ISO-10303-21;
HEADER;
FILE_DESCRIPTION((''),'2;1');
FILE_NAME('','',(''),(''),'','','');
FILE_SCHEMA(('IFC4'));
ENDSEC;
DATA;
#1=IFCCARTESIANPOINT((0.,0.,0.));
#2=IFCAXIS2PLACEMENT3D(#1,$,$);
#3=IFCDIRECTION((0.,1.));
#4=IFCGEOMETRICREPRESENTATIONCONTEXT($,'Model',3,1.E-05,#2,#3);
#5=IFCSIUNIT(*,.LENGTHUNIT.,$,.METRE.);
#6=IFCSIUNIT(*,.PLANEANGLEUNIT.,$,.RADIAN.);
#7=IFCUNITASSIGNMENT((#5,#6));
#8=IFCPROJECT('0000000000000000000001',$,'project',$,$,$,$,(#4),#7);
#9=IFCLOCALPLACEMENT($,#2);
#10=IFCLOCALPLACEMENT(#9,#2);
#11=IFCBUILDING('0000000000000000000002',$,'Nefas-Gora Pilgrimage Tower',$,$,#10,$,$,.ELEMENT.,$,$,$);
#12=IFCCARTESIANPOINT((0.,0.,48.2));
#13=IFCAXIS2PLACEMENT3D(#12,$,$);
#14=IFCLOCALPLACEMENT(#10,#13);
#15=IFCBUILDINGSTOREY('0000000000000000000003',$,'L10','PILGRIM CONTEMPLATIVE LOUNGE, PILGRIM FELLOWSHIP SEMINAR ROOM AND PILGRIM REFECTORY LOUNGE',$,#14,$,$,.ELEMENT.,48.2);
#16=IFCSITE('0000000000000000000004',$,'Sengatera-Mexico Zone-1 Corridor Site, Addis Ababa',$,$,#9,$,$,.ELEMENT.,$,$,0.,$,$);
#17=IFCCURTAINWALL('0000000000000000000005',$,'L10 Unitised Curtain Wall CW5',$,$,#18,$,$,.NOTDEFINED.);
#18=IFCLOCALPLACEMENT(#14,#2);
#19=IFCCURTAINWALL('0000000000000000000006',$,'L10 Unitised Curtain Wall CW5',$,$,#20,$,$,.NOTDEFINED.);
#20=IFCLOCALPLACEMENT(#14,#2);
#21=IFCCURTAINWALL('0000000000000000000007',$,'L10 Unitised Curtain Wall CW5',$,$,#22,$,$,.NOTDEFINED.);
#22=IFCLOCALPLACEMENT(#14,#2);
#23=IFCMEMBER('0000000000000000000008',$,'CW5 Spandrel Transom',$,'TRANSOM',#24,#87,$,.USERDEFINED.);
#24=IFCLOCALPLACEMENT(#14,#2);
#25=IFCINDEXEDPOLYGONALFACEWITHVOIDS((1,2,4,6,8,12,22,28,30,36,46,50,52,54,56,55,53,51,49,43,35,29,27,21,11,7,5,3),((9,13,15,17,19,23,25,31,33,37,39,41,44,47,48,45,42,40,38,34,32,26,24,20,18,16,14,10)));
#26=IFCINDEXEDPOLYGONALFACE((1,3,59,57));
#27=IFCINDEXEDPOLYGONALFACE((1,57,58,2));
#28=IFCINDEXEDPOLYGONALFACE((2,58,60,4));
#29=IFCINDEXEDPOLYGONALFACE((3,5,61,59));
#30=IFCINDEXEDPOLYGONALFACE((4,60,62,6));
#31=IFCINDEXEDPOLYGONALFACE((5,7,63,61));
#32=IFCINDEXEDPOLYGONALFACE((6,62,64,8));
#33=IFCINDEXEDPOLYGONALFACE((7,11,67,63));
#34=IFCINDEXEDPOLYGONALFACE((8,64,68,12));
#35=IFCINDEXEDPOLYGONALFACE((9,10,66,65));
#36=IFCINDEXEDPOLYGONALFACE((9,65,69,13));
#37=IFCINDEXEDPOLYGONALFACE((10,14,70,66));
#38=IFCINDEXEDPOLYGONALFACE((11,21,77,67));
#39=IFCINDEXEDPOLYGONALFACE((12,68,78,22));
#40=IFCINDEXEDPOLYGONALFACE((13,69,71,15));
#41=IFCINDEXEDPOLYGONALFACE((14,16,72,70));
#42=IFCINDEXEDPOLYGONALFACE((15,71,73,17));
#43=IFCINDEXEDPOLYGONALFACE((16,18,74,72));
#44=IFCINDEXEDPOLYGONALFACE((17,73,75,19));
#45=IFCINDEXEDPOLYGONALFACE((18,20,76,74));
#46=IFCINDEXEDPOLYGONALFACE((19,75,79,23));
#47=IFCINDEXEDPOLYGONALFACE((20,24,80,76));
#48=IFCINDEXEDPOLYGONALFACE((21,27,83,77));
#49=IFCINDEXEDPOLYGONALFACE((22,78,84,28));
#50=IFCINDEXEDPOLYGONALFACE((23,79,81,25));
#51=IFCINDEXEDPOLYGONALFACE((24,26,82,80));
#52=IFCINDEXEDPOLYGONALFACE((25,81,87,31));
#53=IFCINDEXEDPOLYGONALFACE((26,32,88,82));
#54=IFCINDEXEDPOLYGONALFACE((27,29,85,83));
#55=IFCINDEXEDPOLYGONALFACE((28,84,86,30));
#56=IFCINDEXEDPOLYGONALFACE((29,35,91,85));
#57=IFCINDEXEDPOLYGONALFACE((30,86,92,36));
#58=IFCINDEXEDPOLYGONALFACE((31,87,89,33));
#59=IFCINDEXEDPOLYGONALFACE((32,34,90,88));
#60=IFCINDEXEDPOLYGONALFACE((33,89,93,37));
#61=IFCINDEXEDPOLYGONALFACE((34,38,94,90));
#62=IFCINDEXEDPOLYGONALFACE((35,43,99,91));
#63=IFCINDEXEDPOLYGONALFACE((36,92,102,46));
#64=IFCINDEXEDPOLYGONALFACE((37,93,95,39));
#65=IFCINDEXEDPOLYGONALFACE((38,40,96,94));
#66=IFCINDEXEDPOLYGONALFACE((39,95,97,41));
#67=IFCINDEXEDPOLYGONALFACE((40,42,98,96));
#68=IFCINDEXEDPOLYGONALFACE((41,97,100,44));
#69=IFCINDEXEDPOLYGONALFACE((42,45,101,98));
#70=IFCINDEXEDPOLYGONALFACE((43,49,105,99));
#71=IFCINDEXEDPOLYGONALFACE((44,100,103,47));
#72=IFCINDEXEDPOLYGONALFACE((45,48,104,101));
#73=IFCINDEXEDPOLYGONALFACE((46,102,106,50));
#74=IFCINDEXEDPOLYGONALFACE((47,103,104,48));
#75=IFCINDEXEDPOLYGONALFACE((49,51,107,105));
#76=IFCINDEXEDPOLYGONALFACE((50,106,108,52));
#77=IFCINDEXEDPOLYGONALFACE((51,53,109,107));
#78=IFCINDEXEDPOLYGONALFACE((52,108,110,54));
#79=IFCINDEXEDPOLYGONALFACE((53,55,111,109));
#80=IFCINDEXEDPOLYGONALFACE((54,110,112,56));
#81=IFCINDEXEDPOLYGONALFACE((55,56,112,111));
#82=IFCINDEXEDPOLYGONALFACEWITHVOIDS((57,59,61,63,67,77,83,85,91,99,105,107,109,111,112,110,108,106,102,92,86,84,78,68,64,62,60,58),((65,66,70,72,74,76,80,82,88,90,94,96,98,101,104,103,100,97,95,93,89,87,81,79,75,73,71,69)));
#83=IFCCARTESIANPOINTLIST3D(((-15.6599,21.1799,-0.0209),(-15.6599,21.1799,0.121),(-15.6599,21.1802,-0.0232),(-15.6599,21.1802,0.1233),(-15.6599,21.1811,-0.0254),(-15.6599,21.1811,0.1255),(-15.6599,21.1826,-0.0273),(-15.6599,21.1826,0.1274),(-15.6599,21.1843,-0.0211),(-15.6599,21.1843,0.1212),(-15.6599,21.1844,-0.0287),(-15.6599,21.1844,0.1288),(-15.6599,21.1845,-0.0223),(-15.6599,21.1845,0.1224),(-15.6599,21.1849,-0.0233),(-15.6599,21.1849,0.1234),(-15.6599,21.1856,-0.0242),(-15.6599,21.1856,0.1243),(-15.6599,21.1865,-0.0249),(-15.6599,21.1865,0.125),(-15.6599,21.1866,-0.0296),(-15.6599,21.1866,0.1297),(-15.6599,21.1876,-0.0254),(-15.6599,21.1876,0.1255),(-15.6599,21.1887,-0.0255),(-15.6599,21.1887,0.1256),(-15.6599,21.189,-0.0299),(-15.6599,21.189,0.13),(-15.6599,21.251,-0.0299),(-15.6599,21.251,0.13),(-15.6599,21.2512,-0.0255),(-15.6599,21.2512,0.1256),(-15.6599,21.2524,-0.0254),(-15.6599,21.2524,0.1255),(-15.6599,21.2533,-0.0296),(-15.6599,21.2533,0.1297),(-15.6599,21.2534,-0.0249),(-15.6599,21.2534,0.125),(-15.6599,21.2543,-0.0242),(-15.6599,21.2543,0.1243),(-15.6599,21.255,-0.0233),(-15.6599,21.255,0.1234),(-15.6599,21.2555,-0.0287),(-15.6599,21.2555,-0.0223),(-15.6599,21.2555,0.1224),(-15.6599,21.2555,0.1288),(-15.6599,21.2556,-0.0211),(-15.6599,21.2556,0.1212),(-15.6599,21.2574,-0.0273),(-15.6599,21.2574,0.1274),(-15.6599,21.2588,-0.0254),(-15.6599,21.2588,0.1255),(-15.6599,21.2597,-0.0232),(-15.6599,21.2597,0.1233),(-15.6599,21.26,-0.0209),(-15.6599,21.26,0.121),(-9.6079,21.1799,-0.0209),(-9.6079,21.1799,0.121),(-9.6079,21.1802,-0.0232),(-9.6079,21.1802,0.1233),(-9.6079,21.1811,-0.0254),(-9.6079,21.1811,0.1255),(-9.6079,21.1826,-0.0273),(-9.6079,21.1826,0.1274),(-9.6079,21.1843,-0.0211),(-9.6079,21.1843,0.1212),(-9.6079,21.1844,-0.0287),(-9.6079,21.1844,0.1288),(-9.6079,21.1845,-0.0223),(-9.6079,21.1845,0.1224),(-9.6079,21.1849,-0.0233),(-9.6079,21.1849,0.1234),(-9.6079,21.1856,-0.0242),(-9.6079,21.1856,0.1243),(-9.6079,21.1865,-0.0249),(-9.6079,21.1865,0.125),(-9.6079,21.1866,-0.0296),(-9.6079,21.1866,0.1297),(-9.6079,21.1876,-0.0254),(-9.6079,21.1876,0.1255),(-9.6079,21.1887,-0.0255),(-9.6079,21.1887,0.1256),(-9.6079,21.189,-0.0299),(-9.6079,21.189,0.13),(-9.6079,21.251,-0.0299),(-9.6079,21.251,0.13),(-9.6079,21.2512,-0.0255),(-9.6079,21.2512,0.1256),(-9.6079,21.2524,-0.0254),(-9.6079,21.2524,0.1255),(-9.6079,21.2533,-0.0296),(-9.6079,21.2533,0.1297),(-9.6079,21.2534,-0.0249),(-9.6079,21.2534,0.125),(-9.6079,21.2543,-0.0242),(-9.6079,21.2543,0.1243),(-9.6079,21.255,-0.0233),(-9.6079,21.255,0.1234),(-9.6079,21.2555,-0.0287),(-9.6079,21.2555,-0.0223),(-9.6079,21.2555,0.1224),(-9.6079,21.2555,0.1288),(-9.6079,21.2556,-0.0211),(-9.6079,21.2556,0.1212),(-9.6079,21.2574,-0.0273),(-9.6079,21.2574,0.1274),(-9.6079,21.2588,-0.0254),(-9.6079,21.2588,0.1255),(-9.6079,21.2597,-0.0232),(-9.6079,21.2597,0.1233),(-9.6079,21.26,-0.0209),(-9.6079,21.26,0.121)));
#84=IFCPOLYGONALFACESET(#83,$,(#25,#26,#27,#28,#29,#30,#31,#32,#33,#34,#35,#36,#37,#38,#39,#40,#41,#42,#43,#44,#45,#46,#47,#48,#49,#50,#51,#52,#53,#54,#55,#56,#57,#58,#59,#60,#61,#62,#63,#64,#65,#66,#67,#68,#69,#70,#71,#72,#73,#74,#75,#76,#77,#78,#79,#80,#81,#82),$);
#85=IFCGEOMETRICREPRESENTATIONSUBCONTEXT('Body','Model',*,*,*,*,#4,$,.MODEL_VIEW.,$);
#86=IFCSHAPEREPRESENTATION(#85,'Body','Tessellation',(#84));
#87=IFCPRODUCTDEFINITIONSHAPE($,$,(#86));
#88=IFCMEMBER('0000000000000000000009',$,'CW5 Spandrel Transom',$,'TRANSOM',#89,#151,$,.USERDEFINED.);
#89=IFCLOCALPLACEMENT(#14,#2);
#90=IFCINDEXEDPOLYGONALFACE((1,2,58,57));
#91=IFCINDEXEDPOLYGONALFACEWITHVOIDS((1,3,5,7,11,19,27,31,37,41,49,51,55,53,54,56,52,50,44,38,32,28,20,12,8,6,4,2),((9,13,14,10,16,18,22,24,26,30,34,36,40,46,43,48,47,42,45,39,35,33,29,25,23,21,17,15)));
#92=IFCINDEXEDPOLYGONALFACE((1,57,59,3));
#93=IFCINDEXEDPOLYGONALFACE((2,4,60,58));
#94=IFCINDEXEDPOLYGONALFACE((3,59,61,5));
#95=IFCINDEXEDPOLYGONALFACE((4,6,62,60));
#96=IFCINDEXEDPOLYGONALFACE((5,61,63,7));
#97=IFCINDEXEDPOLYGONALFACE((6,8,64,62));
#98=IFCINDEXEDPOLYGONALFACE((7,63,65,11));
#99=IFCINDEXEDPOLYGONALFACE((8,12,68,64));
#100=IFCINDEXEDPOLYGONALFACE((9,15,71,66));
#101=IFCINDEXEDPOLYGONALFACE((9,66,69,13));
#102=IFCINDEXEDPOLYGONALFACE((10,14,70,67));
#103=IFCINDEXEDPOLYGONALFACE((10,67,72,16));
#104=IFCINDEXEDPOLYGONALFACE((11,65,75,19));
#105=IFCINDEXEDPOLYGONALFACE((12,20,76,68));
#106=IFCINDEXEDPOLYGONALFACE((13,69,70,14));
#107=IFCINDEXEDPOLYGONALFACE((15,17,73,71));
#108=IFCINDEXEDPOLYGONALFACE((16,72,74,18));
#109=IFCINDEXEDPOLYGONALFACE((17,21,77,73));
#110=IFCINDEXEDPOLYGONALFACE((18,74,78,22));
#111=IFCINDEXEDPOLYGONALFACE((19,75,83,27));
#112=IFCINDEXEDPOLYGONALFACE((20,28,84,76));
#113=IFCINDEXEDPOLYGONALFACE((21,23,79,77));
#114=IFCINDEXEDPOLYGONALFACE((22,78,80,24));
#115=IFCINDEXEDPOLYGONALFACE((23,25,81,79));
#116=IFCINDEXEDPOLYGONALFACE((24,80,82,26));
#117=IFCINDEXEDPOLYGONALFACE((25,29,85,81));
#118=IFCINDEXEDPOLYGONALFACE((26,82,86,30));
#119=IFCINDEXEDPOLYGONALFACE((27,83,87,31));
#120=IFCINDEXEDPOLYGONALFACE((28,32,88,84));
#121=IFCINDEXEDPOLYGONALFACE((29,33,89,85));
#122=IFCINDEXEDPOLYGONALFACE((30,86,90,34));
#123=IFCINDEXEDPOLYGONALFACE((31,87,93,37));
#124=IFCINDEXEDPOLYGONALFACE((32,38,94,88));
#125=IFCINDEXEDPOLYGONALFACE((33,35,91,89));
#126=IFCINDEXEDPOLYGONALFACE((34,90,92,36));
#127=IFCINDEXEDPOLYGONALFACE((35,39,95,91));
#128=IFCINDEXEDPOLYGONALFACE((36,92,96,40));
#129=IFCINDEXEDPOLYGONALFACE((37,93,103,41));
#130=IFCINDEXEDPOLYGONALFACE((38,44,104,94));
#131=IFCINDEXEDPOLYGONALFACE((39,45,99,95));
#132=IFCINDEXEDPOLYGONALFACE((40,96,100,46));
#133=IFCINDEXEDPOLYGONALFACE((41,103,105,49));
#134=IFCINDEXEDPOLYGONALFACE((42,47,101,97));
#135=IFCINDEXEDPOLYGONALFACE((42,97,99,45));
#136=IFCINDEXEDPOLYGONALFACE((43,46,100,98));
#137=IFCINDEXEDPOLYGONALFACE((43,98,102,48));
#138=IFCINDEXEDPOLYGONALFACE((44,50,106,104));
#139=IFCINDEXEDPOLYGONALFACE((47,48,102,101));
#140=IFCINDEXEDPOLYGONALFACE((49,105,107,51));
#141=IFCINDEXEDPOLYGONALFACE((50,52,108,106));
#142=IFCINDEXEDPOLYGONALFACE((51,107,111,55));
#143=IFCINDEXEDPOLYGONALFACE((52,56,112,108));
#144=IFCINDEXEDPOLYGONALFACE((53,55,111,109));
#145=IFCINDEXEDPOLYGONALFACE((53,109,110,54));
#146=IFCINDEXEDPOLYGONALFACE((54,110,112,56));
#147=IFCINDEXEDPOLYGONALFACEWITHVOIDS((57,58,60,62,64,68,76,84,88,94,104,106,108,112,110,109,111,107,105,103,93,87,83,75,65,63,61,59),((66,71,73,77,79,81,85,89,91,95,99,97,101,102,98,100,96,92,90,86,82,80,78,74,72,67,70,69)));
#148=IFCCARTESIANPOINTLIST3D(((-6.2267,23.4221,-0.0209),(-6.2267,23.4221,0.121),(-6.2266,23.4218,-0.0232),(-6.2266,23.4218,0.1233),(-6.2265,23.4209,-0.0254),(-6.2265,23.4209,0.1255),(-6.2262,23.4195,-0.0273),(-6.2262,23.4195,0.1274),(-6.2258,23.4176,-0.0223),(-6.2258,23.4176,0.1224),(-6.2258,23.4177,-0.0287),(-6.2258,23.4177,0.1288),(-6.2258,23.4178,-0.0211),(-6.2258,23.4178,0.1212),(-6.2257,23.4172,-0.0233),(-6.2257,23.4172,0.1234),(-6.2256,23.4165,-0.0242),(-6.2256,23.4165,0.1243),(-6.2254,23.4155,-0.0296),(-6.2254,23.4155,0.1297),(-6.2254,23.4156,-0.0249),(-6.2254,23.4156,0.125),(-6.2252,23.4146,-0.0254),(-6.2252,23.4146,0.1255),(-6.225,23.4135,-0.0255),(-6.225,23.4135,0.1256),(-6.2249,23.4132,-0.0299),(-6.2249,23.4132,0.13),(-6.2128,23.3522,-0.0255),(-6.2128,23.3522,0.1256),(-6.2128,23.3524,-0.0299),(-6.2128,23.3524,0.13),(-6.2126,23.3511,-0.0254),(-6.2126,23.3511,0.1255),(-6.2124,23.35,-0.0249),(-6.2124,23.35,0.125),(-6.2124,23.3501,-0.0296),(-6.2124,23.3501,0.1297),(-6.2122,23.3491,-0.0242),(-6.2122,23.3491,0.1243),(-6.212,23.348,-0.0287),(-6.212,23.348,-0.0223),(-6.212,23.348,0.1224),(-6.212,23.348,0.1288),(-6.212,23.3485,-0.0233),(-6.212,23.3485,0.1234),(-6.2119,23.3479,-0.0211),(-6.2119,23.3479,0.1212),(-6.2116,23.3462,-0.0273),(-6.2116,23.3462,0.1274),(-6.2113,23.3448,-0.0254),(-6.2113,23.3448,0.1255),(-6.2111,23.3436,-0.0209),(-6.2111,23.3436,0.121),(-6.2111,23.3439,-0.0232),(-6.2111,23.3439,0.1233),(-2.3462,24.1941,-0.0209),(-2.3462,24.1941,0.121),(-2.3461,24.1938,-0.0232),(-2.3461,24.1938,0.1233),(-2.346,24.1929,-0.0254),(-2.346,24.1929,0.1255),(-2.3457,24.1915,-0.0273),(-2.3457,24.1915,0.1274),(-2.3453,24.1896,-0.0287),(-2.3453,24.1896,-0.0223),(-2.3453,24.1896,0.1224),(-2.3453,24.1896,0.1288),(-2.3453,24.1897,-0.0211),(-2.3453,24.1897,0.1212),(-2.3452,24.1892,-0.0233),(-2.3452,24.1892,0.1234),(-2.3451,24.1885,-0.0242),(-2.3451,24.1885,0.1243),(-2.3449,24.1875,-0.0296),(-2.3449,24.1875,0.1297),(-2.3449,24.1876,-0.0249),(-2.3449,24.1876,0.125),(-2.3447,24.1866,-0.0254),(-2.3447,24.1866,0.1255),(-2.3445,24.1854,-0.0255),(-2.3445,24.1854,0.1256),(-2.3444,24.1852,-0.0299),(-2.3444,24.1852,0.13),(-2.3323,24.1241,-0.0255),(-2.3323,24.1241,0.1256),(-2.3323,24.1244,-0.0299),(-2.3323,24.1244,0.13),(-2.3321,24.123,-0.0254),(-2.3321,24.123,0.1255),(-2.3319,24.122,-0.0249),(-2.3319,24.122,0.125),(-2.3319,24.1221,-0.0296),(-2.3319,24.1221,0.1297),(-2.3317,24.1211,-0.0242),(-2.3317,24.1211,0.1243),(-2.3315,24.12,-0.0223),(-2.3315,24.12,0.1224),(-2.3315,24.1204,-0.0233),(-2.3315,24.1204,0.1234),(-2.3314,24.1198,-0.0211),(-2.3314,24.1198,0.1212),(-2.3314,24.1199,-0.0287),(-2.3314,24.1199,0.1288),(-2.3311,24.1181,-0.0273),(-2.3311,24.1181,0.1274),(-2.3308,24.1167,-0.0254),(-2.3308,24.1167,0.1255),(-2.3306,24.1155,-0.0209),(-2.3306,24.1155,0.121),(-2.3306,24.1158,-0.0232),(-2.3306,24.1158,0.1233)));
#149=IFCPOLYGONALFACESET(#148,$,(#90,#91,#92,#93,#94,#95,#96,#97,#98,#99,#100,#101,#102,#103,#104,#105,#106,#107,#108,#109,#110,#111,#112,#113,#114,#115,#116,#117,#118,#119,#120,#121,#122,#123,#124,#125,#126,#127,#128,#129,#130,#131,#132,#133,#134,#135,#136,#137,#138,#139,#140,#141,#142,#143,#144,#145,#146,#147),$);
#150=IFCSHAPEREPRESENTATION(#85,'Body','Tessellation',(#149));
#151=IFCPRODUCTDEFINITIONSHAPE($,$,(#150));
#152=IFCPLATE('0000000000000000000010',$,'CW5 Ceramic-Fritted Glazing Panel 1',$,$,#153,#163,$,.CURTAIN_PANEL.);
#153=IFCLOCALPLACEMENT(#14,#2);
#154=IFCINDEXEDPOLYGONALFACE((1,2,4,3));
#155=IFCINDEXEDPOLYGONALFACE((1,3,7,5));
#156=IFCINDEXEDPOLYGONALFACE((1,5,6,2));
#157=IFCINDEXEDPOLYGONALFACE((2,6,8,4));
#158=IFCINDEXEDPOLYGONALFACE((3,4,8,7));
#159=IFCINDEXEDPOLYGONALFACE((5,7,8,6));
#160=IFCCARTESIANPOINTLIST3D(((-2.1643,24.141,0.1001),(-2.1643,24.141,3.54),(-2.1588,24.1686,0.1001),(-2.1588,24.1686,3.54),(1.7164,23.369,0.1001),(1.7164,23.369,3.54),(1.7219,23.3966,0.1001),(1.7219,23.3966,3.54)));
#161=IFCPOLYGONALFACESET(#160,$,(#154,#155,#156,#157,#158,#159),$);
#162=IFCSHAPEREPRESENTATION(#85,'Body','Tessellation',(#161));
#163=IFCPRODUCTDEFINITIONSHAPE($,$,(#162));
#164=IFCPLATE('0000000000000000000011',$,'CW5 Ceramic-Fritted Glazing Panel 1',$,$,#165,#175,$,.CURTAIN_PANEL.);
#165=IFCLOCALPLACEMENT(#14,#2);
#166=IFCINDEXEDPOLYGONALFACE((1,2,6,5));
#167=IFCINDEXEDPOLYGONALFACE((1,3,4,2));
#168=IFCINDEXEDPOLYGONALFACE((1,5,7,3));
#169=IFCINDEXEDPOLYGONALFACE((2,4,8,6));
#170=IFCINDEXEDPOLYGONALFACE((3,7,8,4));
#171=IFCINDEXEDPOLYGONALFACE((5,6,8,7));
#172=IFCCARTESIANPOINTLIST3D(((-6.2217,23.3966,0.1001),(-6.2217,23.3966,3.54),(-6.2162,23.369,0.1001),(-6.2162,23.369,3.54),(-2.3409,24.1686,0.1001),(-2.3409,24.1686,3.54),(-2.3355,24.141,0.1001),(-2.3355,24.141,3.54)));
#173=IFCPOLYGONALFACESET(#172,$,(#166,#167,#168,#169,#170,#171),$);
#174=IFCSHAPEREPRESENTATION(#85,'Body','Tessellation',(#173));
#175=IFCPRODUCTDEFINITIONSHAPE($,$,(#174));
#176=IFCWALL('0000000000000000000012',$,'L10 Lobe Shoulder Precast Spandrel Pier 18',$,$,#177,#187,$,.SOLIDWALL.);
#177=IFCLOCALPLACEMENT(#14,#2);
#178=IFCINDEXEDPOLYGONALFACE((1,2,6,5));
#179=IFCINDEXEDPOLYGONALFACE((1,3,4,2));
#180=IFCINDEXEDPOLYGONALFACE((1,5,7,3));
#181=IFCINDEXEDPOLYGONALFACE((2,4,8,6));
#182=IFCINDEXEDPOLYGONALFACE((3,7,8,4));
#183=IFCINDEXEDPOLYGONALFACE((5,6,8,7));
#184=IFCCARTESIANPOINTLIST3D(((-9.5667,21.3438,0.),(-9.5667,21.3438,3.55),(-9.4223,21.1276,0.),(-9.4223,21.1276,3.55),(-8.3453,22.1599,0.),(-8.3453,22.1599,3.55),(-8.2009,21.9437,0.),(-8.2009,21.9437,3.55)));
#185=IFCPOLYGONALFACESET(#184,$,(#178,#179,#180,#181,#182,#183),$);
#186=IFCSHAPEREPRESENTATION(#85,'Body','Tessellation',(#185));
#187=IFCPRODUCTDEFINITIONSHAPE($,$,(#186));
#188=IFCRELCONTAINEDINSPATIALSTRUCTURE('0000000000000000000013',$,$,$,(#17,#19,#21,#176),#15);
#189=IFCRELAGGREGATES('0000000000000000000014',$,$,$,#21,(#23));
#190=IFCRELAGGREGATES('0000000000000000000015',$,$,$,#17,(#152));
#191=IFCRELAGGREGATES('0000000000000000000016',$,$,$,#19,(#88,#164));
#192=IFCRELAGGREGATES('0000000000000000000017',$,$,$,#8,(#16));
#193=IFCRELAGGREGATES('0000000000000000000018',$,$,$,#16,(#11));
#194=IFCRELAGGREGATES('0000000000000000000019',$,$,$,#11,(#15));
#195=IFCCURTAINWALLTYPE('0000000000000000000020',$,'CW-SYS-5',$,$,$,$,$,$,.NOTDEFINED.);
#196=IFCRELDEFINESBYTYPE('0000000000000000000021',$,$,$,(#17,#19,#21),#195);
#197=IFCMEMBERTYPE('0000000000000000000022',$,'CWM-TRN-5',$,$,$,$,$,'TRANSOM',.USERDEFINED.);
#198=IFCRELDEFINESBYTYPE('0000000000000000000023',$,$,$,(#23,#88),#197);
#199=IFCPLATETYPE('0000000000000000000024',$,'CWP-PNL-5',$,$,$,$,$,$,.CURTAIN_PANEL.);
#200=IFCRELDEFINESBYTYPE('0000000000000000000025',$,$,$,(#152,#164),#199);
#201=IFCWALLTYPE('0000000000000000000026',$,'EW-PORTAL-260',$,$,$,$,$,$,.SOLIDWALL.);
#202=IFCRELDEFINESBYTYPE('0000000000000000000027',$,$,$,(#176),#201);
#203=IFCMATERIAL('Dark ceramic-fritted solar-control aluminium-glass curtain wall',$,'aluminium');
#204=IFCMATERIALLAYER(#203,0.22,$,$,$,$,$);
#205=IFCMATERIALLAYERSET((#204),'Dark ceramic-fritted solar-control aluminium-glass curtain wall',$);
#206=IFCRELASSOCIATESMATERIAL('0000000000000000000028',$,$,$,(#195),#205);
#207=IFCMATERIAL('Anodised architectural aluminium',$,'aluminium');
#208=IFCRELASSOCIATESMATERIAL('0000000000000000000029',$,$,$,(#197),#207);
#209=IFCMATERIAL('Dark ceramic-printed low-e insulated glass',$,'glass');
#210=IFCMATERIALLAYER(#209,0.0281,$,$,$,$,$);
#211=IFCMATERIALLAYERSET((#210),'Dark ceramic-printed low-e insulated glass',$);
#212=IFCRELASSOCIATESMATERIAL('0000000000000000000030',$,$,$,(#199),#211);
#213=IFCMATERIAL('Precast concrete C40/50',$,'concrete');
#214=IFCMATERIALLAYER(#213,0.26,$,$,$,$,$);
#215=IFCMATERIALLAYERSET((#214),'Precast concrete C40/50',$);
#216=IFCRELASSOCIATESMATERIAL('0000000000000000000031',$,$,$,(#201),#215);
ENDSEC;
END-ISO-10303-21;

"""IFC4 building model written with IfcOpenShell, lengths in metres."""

from ifc_helpers import new_model, si_unit, direction, frame, frame_2d, origin, origin_2d, place, context, subcontext, project, spatial, rectangle, hollow_rectangle, extrude, source, transform, mapped, material, layer, layer_set, material_profile, profile_set, type_object, element, aggregate, save


model = new_model("IFC4")

# Units and contexts
model_context = context("Model", 3, precision=1e-05, world=origin(), true_north=direction((0.0, 1.0)))
body_context = subcontext(model_context, "Body", "Model", "MODEL_VIEW")
ifc_project = project(units=[si_unit("LENGTHUNIT", "METRE"), si_unit("PLANEANGLEUNIT", "RADIAN")], contexts=[model_context])

# Site, building, storey
site_placement = place(None, origin())
site = spatial("IfcSite", under=ifc_project, at=site_placement, Name="Sengatera-Mexico Zone-1 Corridor Site, Addis Ababa", CompositionType="ELEMENT", RefElevation=0.0)
building_placement = place(site_placement, origin())
building = spatial("IfcBuilding", under=site, at=building_placement, Name="Nefas-Gora Pilgrimage Tower", CompositionType="ELEMENT")
storey_placement = place(building_placement, frame((0.0, 0.0, 48.2)))
storey = spatial("IfcBuildingStorey", under=building, at=storey_placement, Name="L10", Description="PILGRIM CONTEMPLATIVE LOUNGE, PILGRIM FELLOWSHIP SEMINAR ROOM AND PILGRIM REFECTORY LOUNGE", CompositionType="ELEMENT", Elevation=48.2)

# Curtain wall
ifc_material_1 = material(Name="Dark ceramic-fritted solar-control aluminium-glass curtain wall", Category="aluminium")
ifc_layer_1 = layer(ifc_material_1, 0.22)
ifc_layer_set_1 = layer_set([ifc_layer_1], Name="Dark ceramic-fritted solar-control aluminium-glass curtain wall")
curtain_wall_type = type_object("IfcCurtainWallType", Name="CW-SYS-5", PredefinedType="NOTDEFINED", material=ifc_layer_set_1)
curtain_wall_1_placement = place(storey_placement, origin())
curtain_wall_1 = element("IfcCurtainWall", 1, at=curtain_wall_1_placement, inside=storey, type_object=curtain_wall_type, Name="L10 Unitised Curtain Wall CW5", PredefinedType="NOTDEFINED")
ifc_material_2 = material(Name="Anodised architectural aluminium", Category="aluminium")

# Curtain walls, member
curtain_wall_2_placement = place(storey_placement, origin())
curtain_wall_2 = element("IfcCurtainWall", 2, at=curtain_wall_2_placement, inside=storey, type_object=curtain_wall_type, Name="L10 Unitised Curtain Wall CW5", PredefinedType="NOTDEFINED")
curtain_wall_3_placement = place(storey_placement, origin())
curtain_wall_3 = element("IfcCurtainWall", 3, at=curtain_wall_3_placement, inside=storey, type_object=curtain_wall_type, Name="L10 Unitised Curtain Wall CW5", PredefinedType="NOTDEFINED")
ifc_material_profile_1 = material_profile(ifc_material_2, hollow_rectangle(XDim=0.0801, YDim=0.1599, WallThickness=0.0044, InnerFilletRadius=0.0044, OuterFilletRadius=0.009, at=origin_2d()), Name="ALU TRANSOM 80x160")
ifc_profile_set_1 = profile_set([ifc_material_profile_1], Name="Anodised architectural aluminium")
member_type_1 = type_object("IfcMemberType", Name="CWM-TRN-5", ElementType="TRANSOM", PredefinedType="USERDEFINED", material=ifc_profile_set_1)
shared_shape_1 = source(origin(), body_context, "Body", "SweptSolid", [
    extrude(hollow_rectangle(XDim=0.0801, YDim=0.1599, WallThickness=0.0044, InnerFilletRadius=0.0044, OuterFilletRadius=0.009, at=origin_2d()), origin(), (0.0, 0.0, 1.0), 6.052),
])
member_1_placement = place(storey_placement, frame((-9.6079, 21.22, 0.05), z_axis=(-1.0, 0.0, 0.0), x_axis=(0.0, -1.0, 0.0)))
member_1 = element("IfcMember", 4, at=member_1_placement, type_object=member_type_1, Name="CW5 Spandrel Transom", ObjectType="TRANSOM", PredefinedType="USERDEFINED", context=body_context, shape_type="MappedRepresentation", body=[
    mapped(shared_shape_1, transform((0.0, 0.0, 0.0), x_axis=(1.0, 0.0, 0.0), y_axis=(0.0, 1.0, 0.0), z_axis=(0.0, 0.0, 1.0), scale=1.0)),
])
aggregate(curtain_wall_3, [member_1])

# Member
shared_shape_2 = source(origin(), body_context, "Body", "SweptSolid", [
    extrude(hollow_rectangle(XDim=0.0801, YDim=0.1599, WallThickness=0.0044, InnerFilletRadius=0.0044, OuterFilletRadius=0.009, at=origin_2d()), origin(), (0.0, 0.0, 1.0), 3.9565),
])
member_2_placement = place(storey_placement, frame((-2.3384, 24.1548, 0.05), z_axis=(-0.980782, -0.195107, 0.0), x_axis=(0.195107, -0.980782, 0.0)))
member_2 = element("IfcMember", 5, at=member_2_placement, type_object=member_type_1, Name="CW5 Spandrel Transom", ObjectType="TRANSOM", PredefinedType="USERDEFINED", context=body_context, shape_type="MappedRepresentation", body=[
    mapped(shared_shape_2, transform((0.0, 0.0, 0.0), x_axis=(1.0, 0.0, 0.0), y_axis=(0.0, 1.0, 0.0), z_axis=(0.0, 0.0, 1.0), scale=1.0)),
])

# Plates
ifc_material_3 = material(Name="Dark ceramic-printed low-e insulated glass", Category="glass")
ifc_layer_2 = layer(ifc_material_3, 0.0281)
ifc_layer_set_2 = layer_set([ifc_layer_2], Name="Dark ceramic-printed low-e insulated glass")
plate_type = type_object("IfcPlateType", Name="CWP-PNL-5", PredefinedType="CURTAIN_PANEL", material=ifc_layer_set_2)
shared_shape_3 = source(origin(), body_context, "Body", "SweptSolid", [
    extrude(rectangle(XDim=3.9568, YDim=0.0281, at=origin_2d()), origin(), (0.0, 0.0, 1.0), 3.4399),
])
plate_1_placement = place(storey_placement, frame((-0.2212, 23.7688, 0.1001), z_axis=(0.0, 0.0, 1.0), x_axis=(-0.980783, 0.195102, 0.0)))
plate_1 = element("IfcPlate", 6, at=plate_1_placement, type_object=plate_type, Name="CW5 Ceramic-Fritted Glazing Panel 1", PredefinedType="CURTAIN_PANEL", context=body_context, shape_type="MappedRepresentation", body=[
    mapped(shared_shape_3, transform((0.0, 0.0, 0.0), x_axis=(1.0, 0.0, 0.0), y_axis=(0.0, 1.0, 0.0), z_axis=(0.0, 0.0, 1.0), scale=1.0)),
])
aggregate(curtain_wall_1, [plate_1])
plate_2_placement = place(storey_placement, frame((-4.2786, 23.7688, 0.1001), z_axis=(0.0, 0.0, 1.0), x_axis=(-0.980783, -0.195102, 0.0)))
plate_2 = element("IfcPlate", 7, at=plate_2_placement, type_object=plate_type, Name="CW5 Ceramic-Fritted Glazing Panel 1", PredefinedType="CURTAIN_PANEL", context=body_context, shape_type="MappedRepresentation", body=[
    mapped(shared_shape_3, transform((0.0, 0.0, 0.0), x_axis=(1.0, 0.0, 0.0), y_axis=(0.0, 1.0, 0.0), z_axis=(0.0, 0.0, 1.0), scale=1.0)),
])
aggregate(curtain_wall_2, [member_2, plate_2])

# Wall
ifc_material_4 = material(Name="Precast concrete C40/50", Category="concrete")
ifc_layer_3 = layer(ifc_material_4, 0.26)
ifc_layer_set_3 = layer_set([ifc_layer_3], Name="Precast concrete C40/50")
wall_type_1 = type_object("IfcWallType", Name="EW-PORTAL-260", PredefinedType="SOLIDWALL", material=ifc_layer_set_3)
shared_shape_4 = source(origin(), body_context, "Body", "SweptSolid", [
    extrude(rectangle(XDim=1.469, YDim=0.26, at=frame_2d((0.7344, 0.0))), origin(), (0.0, 0.0, 1.0), 3.55),
])
wall_1_placement = place(storey_placement, frame((-8.2732, 22.0518, 0.0), z_axis=(0.0, 0.0, 1.0), x_axis=(-0.831462, -0.555582, 0.0)))
element("IfcWall", 8, at=wall_1_placement, inside=storey, type_object=wall_type_1, Name="L10 Lobe Shoulder Precast Spandrel Pier 18", PredefinedType="SOLIDWALL", context=body_context, shape_type="MappedRepresentation", body=[
    mapped(shared_shape_4, transform((0.0, 0.0, 0.0), x_axis=(1.0, 0.0, 0.0), y_axis=(0.0, 1.0, 0.0), z_axis=(0.0, 0.0, 1.0), scale=1.0)),
])

save(model, "model.ifc")
